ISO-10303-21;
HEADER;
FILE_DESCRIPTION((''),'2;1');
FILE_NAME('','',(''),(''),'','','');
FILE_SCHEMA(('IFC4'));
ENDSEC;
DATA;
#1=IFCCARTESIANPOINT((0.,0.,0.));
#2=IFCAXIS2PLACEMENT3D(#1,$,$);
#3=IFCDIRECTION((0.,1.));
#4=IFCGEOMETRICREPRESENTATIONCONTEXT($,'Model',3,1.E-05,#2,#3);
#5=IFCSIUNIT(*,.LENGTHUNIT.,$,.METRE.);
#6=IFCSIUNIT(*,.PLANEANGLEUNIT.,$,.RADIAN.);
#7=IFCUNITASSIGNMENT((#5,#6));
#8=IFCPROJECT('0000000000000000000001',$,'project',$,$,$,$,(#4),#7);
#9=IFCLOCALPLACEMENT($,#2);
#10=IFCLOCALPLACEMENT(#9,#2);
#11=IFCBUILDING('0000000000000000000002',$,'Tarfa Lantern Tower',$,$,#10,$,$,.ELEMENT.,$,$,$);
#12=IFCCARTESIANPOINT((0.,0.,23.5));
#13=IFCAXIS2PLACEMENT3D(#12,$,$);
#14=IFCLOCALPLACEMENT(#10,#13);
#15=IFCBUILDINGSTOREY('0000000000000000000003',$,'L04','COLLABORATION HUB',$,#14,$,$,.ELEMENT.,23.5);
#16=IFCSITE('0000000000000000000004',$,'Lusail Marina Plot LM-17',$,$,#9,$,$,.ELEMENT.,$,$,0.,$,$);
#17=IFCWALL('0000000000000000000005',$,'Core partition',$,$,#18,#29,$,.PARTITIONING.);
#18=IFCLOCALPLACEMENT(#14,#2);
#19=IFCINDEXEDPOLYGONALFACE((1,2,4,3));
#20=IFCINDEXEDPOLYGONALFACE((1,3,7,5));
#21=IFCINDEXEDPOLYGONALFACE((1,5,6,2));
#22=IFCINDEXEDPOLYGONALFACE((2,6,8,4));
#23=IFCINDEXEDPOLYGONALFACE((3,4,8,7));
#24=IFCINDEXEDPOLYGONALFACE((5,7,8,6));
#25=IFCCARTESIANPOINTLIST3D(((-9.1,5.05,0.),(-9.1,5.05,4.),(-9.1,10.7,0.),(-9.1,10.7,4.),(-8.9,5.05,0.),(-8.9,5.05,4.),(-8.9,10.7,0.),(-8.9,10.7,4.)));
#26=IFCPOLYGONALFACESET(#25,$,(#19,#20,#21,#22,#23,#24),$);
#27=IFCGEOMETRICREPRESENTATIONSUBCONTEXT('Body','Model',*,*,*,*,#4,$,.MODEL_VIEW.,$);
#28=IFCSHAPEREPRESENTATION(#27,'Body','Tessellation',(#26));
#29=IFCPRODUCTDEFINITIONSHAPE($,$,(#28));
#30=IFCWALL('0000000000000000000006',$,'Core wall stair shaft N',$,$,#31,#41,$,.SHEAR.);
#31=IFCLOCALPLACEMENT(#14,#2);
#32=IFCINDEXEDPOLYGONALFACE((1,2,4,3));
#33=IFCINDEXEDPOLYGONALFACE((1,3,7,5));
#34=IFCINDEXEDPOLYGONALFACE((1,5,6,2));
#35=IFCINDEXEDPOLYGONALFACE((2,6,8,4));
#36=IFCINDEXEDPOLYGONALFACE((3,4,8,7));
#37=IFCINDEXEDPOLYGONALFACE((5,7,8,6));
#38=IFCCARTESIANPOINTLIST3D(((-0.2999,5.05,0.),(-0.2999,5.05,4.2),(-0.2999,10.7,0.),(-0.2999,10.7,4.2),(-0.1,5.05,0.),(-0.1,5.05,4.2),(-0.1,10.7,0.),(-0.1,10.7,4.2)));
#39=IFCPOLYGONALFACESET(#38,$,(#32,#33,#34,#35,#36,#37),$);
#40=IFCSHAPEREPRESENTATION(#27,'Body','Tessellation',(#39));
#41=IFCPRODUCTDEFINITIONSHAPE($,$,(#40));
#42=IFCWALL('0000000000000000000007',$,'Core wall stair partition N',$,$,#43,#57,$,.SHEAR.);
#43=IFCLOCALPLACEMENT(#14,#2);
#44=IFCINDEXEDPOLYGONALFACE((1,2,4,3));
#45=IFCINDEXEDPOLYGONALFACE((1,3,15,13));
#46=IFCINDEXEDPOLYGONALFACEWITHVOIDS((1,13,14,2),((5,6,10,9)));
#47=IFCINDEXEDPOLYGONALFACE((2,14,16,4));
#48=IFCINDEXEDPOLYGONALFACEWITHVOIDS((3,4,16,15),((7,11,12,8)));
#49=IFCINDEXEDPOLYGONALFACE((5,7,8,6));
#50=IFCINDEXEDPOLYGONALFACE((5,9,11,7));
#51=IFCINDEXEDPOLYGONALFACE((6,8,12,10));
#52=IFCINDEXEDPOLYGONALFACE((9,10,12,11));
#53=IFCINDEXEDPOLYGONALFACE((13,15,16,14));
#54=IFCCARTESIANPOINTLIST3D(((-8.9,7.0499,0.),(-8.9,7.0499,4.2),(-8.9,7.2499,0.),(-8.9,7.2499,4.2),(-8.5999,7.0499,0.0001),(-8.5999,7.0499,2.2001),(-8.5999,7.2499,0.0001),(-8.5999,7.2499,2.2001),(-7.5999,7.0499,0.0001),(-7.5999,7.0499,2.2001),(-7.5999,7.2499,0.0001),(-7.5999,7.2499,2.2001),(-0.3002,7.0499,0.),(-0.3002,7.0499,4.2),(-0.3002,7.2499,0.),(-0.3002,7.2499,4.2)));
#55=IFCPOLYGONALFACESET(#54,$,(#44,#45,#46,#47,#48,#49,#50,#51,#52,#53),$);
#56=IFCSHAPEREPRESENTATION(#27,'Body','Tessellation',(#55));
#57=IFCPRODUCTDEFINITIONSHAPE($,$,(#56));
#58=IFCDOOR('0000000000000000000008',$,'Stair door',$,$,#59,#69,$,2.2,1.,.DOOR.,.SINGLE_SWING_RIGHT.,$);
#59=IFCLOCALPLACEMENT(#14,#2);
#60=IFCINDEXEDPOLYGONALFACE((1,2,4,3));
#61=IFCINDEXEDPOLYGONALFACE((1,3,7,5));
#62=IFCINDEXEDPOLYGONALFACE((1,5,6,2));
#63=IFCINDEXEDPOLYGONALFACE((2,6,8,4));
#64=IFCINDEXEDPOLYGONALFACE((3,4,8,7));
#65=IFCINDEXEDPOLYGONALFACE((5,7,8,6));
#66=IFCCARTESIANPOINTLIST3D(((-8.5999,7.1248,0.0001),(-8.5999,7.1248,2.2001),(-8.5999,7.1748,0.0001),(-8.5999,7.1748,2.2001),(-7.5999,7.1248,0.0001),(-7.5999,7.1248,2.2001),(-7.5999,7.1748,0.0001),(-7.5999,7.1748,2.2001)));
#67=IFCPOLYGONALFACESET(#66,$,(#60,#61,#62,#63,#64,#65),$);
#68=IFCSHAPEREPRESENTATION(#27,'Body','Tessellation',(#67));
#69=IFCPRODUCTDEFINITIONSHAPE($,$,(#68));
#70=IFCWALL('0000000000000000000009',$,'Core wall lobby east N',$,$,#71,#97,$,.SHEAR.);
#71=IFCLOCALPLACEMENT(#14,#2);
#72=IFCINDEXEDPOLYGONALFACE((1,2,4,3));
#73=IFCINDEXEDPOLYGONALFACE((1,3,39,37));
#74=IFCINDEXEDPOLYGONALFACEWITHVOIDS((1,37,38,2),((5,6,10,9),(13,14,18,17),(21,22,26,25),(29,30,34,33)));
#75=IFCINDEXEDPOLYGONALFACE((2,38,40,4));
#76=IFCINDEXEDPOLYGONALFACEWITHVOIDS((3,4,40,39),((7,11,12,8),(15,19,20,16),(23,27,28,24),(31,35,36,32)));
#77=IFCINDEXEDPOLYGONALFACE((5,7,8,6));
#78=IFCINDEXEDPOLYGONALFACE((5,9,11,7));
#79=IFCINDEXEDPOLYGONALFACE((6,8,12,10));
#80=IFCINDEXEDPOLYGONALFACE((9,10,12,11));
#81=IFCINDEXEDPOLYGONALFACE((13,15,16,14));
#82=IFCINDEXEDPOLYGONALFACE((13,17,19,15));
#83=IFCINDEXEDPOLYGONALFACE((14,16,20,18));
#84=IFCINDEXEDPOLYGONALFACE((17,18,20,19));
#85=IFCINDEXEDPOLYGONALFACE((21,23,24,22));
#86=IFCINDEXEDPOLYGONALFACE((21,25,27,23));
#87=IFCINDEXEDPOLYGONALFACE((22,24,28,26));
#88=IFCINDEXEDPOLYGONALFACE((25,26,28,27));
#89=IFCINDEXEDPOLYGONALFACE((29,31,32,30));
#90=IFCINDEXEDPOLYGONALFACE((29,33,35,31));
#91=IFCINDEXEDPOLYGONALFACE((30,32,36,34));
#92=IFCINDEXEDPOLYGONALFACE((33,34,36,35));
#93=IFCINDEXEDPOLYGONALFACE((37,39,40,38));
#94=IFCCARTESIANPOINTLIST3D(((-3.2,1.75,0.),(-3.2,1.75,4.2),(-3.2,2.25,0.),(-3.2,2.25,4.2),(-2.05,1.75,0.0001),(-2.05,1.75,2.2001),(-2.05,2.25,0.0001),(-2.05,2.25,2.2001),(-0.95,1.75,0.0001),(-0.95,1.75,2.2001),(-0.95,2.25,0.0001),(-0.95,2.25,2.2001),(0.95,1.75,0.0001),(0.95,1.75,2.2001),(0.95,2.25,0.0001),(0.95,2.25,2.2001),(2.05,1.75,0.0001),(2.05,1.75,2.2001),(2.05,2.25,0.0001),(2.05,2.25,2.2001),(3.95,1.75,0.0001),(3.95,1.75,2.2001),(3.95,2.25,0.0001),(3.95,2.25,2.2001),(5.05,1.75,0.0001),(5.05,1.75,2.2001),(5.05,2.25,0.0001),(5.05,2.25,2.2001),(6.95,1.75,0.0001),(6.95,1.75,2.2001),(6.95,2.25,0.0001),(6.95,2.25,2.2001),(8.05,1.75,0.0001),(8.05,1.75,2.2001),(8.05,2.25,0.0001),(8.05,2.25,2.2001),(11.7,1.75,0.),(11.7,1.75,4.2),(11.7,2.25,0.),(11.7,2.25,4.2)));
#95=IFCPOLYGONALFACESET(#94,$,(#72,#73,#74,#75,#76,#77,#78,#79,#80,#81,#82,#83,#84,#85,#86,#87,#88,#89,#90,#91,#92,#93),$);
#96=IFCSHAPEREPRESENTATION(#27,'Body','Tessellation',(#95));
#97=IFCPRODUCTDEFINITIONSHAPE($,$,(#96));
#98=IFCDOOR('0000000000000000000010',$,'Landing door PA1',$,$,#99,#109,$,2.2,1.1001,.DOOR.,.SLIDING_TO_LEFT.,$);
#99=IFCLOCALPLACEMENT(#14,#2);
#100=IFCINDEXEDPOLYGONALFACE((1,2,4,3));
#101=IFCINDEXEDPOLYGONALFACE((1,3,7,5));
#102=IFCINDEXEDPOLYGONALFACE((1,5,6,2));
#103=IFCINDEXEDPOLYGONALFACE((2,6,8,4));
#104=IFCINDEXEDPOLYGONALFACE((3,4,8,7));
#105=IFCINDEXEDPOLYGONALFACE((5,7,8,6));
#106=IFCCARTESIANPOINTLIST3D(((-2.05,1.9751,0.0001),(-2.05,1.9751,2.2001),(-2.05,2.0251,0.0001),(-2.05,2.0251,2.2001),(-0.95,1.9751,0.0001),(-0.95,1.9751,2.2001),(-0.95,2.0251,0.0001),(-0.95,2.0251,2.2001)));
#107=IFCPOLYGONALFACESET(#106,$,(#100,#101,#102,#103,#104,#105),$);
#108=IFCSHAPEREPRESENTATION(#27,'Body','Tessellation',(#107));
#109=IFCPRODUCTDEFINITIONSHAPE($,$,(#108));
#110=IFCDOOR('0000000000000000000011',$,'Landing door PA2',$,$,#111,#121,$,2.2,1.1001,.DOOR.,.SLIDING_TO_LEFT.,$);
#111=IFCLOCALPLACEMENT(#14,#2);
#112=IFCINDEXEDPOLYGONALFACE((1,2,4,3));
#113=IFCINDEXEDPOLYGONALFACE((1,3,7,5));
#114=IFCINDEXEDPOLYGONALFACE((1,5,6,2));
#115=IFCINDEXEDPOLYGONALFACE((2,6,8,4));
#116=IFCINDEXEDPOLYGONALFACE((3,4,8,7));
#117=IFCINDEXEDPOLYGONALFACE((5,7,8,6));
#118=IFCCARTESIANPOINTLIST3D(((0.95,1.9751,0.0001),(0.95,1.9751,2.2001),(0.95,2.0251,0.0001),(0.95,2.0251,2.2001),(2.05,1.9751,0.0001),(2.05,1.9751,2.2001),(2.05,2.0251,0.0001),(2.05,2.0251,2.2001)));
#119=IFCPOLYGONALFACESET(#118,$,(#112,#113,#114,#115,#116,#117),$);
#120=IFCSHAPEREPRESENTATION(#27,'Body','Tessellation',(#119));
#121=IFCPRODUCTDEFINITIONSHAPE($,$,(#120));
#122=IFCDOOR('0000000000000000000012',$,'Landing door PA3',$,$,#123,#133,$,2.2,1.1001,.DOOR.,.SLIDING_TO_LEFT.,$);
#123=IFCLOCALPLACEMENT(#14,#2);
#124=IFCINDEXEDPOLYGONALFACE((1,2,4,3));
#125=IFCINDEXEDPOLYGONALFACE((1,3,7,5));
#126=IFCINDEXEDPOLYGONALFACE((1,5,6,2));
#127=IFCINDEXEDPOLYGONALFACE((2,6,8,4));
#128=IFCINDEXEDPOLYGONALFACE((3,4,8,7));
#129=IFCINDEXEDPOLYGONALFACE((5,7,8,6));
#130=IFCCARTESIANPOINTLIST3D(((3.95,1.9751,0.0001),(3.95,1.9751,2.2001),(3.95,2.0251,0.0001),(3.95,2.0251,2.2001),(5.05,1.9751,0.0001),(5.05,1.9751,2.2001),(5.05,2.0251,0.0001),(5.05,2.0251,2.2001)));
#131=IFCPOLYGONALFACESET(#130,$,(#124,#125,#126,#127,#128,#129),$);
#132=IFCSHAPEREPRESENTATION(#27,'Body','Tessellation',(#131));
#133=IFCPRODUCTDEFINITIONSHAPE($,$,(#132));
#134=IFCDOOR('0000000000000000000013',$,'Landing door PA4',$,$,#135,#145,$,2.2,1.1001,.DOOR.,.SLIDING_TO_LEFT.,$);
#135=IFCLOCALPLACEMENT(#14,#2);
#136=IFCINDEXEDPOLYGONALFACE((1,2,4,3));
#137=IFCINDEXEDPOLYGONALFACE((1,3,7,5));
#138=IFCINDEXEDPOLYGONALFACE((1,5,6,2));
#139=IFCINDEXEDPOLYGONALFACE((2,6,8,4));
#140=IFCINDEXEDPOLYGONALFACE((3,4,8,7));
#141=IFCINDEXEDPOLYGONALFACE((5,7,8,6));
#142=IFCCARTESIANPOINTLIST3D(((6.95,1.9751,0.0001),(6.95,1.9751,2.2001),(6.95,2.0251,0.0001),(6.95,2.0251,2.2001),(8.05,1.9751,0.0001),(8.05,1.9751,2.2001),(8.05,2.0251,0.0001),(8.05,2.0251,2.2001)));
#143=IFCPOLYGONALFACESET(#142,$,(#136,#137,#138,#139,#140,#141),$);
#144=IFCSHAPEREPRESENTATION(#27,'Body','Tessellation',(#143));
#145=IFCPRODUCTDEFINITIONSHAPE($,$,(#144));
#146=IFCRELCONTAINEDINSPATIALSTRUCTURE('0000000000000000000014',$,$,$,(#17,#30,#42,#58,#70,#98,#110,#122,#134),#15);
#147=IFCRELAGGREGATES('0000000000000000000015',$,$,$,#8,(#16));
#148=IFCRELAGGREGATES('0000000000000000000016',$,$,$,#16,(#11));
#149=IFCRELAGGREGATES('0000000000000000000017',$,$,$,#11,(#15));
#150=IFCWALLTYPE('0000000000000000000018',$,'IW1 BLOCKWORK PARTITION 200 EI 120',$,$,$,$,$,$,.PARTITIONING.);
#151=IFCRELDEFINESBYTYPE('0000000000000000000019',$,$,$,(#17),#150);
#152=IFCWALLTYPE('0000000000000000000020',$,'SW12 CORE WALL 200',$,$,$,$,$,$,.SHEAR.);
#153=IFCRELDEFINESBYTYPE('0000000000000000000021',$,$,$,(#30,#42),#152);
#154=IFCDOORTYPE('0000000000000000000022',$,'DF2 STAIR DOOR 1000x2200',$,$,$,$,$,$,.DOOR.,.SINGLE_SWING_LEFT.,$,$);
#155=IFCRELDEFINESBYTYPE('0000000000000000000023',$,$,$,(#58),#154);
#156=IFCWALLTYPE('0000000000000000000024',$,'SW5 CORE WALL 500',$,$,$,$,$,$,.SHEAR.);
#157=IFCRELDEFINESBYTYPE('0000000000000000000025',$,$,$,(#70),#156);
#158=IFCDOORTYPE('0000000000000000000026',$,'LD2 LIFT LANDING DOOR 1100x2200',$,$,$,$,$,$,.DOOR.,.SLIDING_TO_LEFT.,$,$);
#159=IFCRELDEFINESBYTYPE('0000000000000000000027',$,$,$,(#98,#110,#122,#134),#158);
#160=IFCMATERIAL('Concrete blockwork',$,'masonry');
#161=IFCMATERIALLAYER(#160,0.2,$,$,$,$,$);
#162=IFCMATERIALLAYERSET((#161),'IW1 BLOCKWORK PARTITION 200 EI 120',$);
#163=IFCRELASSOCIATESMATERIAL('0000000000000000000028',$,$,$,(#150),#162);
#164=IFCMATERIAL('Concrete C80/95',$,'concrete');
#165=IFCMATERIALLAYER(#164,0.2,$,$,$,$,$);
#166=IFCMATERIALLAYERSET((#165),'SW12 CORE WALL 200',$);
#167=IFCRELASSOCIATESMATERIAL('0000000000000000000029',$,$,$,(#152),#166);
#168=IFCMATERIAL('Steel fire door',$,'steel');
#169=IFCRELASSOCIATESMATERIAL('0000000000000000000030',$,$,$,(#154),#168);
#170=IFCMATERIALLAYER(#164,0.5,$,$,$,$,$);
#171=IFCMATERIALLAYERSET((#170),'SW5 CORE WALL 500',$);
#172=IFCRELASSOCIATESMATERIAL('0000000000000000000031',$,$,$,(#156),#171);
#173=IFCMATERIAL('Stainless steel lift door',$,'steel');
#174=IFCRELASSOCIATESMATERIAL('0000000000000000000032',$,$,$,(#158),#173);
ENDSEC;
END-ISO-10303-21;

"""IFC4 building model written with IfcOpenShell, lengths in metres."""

from ifc_helpers import new_model, si_unit, direction, frame, frame_2d, origin, place, context, subcontext, project, spatial, rectangle, extrude, material, layer, layer_set, type_object, element, fill, save


model = new_model("IFC4")

# Units and contexts
model_context = context("Model", 3, precision=1e-05, world=origin(), true_north=direction((0.0, 1.0)))
body_context = subcontext(model_context, "Body", "Model", "MODEL_VIEW")
ifc_project = project(units=[si_unit("LENGTHUNIT", "METRE"), si_unit("PLANEANGLEUNIT", "RADIAN")], contexts=[model_context])

# Site, building, storey
site_placement = place(None, origin())
site = spatial("IfcSite", under=ifc_project, at=site_placement, Name="Lusail Marina Plot LM-17", CompositionType="ELEMENT", RefElevation=0.0)
building_placement = place(site_placement, origin())
building = spatial("IfcBuilding", under=site, at=building_placement, Name="Tarfa Lantern Tower", CompositionType="ELEMENT")
storey_placement = place(building_placement, frame((0.0, 0.0, 23.5)))
storey = spatial("IfcBuildingStorey", under=building, at=storey_placement, Name="L04", Description="COLLABORATION HUB", CompositionType="ELEMENT", Elevation=23.5)

# Walls
ifc_material_1 = material(Name="Concrete blockwork", Category="masonry")
ifc_layer_1 = layer(ifc_material_1, 0.2)
ifc_layer_set_1 = layer_set([ifc_layer_1], Name="IW1 BLOCKWORK PARTITION 200 EI 120")
wall_type_1 = type_object("IfcWallType", Name="IW1 BLOCKWORK PARTITION 200 EI 120", PredefinedType="PARTITIONING", material=ifc_layer_set_1)
wall_1_placement = place(storey_placement, frame((-9.0, 5.05, 0.0), z_axis=(0.0, 0.0, 1.0), x_axis=(0.0, 1.0, 0.0)))
element("IfcWall", 1, at=wall_1_placement, inside=storey, type_object=wall_type_1, Name="Core partition", PredefinedType="PARTITIONING", context=body_context, shape_type="SweptSolid", body=[
    extrude(rectangle(XDim=5.6499, YDim=0.2, at=frame_2d((2.825, 0.0))), origin(), (0.0, 0.0, 1.0), 4.0),
])
ifc_material_2 = material(Name="Concrete C80/95", Category="concrete")
ifc_layer_2 = layer(ifc_material_2, 0.2)
ifc_layer_set_2 = layer_set([ifc_layer_2], Name="SW12 CORE WALL 200")
wall_type_2 = type_object("IfcWallType", Name="SW12 CORE WALL 200", PredefinedType="SHEAR", material=ifc_layer_set_2)
wall_2_placement = place(storey_placement, frame((-0.2, 5.05, 0.0), z_axis=(0.0, 0.0, 1.0), x_axis=(0.0, 1.0, 0.0)))
element("IfcWall", 2, at=wall_2_placement, inside=storey, type_object=wall_type_2, Name="Core wall stair shaft N", PredefinedType="SHEAR", context=body_context, shape_type="SweptSolid", body=[
    extrude(rectangle(XDim=5.6499, YDim=0.2, at=frame_2d((2.825, 0.0))), origin(), (0.0, 0.0, 1.0), 4.2),
])

# Wall, opening, door
wall_3_placement = place(storey_placement, frame((-8.8999, 7.1499, 0.0), z_axis=(0.0, 0.0, 1.0), x_axis=(1.0, 0.0, 0.0)))
wall_3 = element("IfcWall", 3, at=wall_3_placement, inside=storey, type_object=wall_type_2, Name="Core wall stair partition N", PredefinedType="SHEAR", context=body_context, shape_type="SweptSolid", body=[
    extrude(rectangle(XDim=8.5999, YDim=0.2, at=frame_2d((4.2998, 0.0))), origin(), (0.0, 0.0, 1.0), 4.2),
])
opening_1_placement = place(wall_3_placement, frame((0.3, 0.0, 0.0)))
opening_1 = element("IfcOpeningElement", 4, at=opening_1_placement, cuts=wall_3, PredefinedType="OPENING", context=body_context, shape_type="SweptSolid", body=[
    extrude(rectangle(XDim=1.0, YDim=2.2, at=frame_2d((0.5, 1.1001))), frame((0.0, 0.1099, 0.0), z_axis=(0.0, -1.0, 0.0), x_axis=(1.0, 0.0, 0.0)), (0.0, 0.0, 1.0), 0.22),
])
ifc_material_3 = material(Name="Steel fire door", Category="steel")
door_type_1 = type_object("IfcDoorType", Name="DF2 STAIR DOOR 1000x2200", OperationType="SINGLE_SWING_LEFT", PredefinedType="DOOR", material=ifc_material_3)
door_1_placement = place(opening_1_placement, origin())
door_1 = element("IfcDoor", 5, at=door_1_placement, inside=storey, type_object=door_type_1, Name="Stair door", OperationType="SINGLE_SWING_RIGHT", OverallHeight=2.2, OverallWidth=1.0, PredefinedType="DOOR", context=body_context, shape_type="SweptSolid", body=[
    extrude(rectangle(XDim=1.0, YDim=2.2, at=frame_2d((0.5, 1.1001))), frame((0.0, 0.0249, 0.0), z_axis=(0.0, -1.0, 0.0), x_axis=(1.0, 0.0, 0.0)), (0.0, 0.0, 1.0), 0.05),
])
fill(opening_1, door_1)

# Wall, openings, doors
ifc_layer_3 = layer(ifc_material_2, 0.5)
ifc_layer_set_3 = layer_set([ifc_layer_3], Name="SW5 CORE WALL 500")
wall_type_3 = type_object("IfcWallType", Name="SW5 CORE WALL 500", PredefinedType="SHEAR", material=ifc_layer_set_3)
wall_4_placement = place(storey_placement, frame((-3.2, 2.0, 0.0), z_axis=(0.0, 0.0, 1.0), x_axis=(1.0, 0.0, 0.0)))
wall_4 = element("IfcWall", 6, at=wall_4_placement, inside=storey, type_object=wall_type_3, Name="Core wall lobby east N", PredefinedType="SHEAR", context=body_context, shape_type="SweptSolid", body=[
    extrude(rectangle(XDim=14.8999, YDim=0.5, at=frame_2d((7.45, 0.0))), origin(), (0.0, 0.0, 1.0), 4.2),
])
opening_2_placement = place(wall_4_placement, frame((1.1499, 0.0, 0.0)))
opening_2 = element("IfcOpeningElement", 7, at=opening_2_placement, cuts=wall_4, PredefinedType="OPENING", context=body_context, shape_type="SweptSolid", body=[
    extrude(rectangle(XDim=1.1001, YDim=2.2, at=frame_2d((0.55, 1.1001))), frame((0.0, 0.26, 0.0), z_axis=(0.0, -1.0, 0.0), x_axis=(1.0, 0.0, 0.0)), (0.0, 0.0, 1.0), 0.52),
])
opening_3_placement = place(wall_4_placement, frame((4.1499, 0.0, 0.0)))
opening_3 = element("IfcOpeningElement", 8, at=opening_3_placement, cuts=wall_4, PredefinedType="OPENING", context=body_context, shape_type="SweptSolid", body=[
    extrude(rectangle(XDim=1.1001, YDim=2.2, at=frame_2d((0.55, 1.1001))), frame((0.0, 0.26, 0.0), z_axis=(0.0, -1.0, 0.0), x_axis=(1.0, 0.0, 0.0)), (0.0, 0.0, 1.0), 0.52),
])
opening_4_placement = place(wall_4_placement, frame((7.1499, 0.0, 0.0)))
opening_4 = element("IfcOpeningElement", 9, at=opening_4_placement, cuts=wall_4, PredefinedType="OPENING", context=body_context, shape_type="SweptSolid", body=[
    extrude(rectangle(XDim=1.1001, YDim=2.2, at=frame_2d((0.55, 1.1001))), frame((0.0, 0.26, 0.0), z_axis=(0.0, -1.0, 0.0), x_axis=(1.0, 0.0, 0.0)), (0.0, 0.0, 1.0), 0.52),
])
opening_5_placement = place(wall_4_placement, frame((10.1499, 0.0, 0.0)))
opening_5 = element("IfcOpeningElement", 10, at=opening_5_placement, cuts=wall_4, PredefinedType="OPENING", context=body_context, shape_type="SweptSolid", body=[
    extrude(rectangle(XDim=1.1001, YDim=2.2, at=frame_2d((0.55, 1.1001))), frame((0.0, 0.26, 0.0), z_axis=(0.0, -1.0, 0.0), x_axis=(1.0, 0.0, 0.0)), (0.0, 0.0, 1.0), 0.52),
])
ifc_material_4 = material(Name="Stainless steel lift door", Category="steel")
door_type_2 = type_object("IfcDoorType", Name="LD2 LIFT LANDING DOOR 1100x2200", OperationType="SLIDING_TO_LEFT", PredefinedType="DOOR", material=ifc_material_4)
door_2_placement = place(opening_2_placement, frame((1.1001, 0.0, 0.0), z_axis=(0.0, 0.0, 1.0), x_axis=(-1.0, 0.0, 0.0)))
door_2 = element("IfcDoor", 11, at=door_2_placement, inside=storey, type_object=door_type_2, Name="Landing door PA1", OperationType="SLIDING_TO_LEFT", OverallHeight=2.2, OverallWidth=1.1001, PredefinedType="DOOR", context=body_context, shape_type="SweptSolid", body=[
    extrude(rectangle(XDim=1.1001, YDim=2.2, at=frame_2d((0.55, 1.1001))), frame((0.0, 0.0249, 0.0), z_axis=(0.0, -1.0, 0.0), x_axis=(1.0, 0.0, 0.0)), (0.0, 0.0, 1.0), 0.05),
])
fill(opening_2, door_2)
door_3_placement = place(opening_3_placement, frame((1.1001, 0.0, 0.0), z_axis=(0.0, 0.0, 1.0), x_axis=(-1.0, 0.0, 0.0)))
door_3 = element("IfcDoor", 12, at=door_3_placement, inside=storey, type_object=door_type_2, Name="Landing door PA2", OperationType="SLIDING_TO_LEFT", OverallHeight=2.2, OverallWidth=1.1001, PredefinedType="DOOR", context=body_context, shape_type="SweptSolid", body=[
    extrude(rectangle(XDim=1.1001, YDim=2.2, at=frame_2d((0.55, 1.1001))), frame((0.0, 0.0249, 0.0), z_axis=(0.0, -1.0, 0.0), x_axis=(1.0, 0.0, 0.0)), (0.0, 0.0, 1.0), 0.05),
])
fill(opening_3, door_3)
door_4_placement = place(opening_4_placement, frame((1.1001, 0.0, 0.0), z_axis=(0.0, 0.0, 1.0), x_axis=(-1.0, 0.0, 0.0)))
door_4 = element("IfcDoor", 13, at=door_4_placement, inside=storey, type_object=door_type_2, Name="Landing door PA3", OperationType="SLIDING_TO_LEFT", OverallHeight=2.2, OverallWidth=1.1001, PredefinedType="DOOR", context=body_context, shape_type="SweptSolid", body=[
    extrude(rectangle(XDim=1.1001, YDim=2.2, at=frame_2d((0.55, 1.1001))), frame((0.0, 0.0249, 0.0), z_axis=(0.0, -1.0, 0.0), x_axis=(1.0, 0.0, 0.0)), (0.0, 0.0, 1.0), 0.05),
])
fill(opening_4, door_4)
door_5_placement = place(opening_5_placement, frame((1.1001, 0.0, 0.0), z_axis=(0.0, 0.0, 1.0), x_axis=(-1.0, 0.0, 0.0)))
door_5 = element("IfcDoor", 14, at=door_5_placement, inside=storey, type_object=door_type_2, Name="Landing door PA4", OperationType="SLIDING_TO_LEFT", OverallHeight=2.2, OverallWidth=1.1001, PredefinedType="DOOR", context=body_context, shape_type="SweptSolid", body=[
    extrude(rectangle(XDim=1.1001, YDim=2.2, at=frame_2d((0.55, 1.1001))), frame((0.0, 0.0249, 0.0), z_axis=(0.0, -1.0, 0.0), x_axis=(1.0, 0.0, 0.0)), (0.0, 0.0, 1.0), 0.05),
])
fill(opening_5, door_5)

save(model, "model.ifc")
